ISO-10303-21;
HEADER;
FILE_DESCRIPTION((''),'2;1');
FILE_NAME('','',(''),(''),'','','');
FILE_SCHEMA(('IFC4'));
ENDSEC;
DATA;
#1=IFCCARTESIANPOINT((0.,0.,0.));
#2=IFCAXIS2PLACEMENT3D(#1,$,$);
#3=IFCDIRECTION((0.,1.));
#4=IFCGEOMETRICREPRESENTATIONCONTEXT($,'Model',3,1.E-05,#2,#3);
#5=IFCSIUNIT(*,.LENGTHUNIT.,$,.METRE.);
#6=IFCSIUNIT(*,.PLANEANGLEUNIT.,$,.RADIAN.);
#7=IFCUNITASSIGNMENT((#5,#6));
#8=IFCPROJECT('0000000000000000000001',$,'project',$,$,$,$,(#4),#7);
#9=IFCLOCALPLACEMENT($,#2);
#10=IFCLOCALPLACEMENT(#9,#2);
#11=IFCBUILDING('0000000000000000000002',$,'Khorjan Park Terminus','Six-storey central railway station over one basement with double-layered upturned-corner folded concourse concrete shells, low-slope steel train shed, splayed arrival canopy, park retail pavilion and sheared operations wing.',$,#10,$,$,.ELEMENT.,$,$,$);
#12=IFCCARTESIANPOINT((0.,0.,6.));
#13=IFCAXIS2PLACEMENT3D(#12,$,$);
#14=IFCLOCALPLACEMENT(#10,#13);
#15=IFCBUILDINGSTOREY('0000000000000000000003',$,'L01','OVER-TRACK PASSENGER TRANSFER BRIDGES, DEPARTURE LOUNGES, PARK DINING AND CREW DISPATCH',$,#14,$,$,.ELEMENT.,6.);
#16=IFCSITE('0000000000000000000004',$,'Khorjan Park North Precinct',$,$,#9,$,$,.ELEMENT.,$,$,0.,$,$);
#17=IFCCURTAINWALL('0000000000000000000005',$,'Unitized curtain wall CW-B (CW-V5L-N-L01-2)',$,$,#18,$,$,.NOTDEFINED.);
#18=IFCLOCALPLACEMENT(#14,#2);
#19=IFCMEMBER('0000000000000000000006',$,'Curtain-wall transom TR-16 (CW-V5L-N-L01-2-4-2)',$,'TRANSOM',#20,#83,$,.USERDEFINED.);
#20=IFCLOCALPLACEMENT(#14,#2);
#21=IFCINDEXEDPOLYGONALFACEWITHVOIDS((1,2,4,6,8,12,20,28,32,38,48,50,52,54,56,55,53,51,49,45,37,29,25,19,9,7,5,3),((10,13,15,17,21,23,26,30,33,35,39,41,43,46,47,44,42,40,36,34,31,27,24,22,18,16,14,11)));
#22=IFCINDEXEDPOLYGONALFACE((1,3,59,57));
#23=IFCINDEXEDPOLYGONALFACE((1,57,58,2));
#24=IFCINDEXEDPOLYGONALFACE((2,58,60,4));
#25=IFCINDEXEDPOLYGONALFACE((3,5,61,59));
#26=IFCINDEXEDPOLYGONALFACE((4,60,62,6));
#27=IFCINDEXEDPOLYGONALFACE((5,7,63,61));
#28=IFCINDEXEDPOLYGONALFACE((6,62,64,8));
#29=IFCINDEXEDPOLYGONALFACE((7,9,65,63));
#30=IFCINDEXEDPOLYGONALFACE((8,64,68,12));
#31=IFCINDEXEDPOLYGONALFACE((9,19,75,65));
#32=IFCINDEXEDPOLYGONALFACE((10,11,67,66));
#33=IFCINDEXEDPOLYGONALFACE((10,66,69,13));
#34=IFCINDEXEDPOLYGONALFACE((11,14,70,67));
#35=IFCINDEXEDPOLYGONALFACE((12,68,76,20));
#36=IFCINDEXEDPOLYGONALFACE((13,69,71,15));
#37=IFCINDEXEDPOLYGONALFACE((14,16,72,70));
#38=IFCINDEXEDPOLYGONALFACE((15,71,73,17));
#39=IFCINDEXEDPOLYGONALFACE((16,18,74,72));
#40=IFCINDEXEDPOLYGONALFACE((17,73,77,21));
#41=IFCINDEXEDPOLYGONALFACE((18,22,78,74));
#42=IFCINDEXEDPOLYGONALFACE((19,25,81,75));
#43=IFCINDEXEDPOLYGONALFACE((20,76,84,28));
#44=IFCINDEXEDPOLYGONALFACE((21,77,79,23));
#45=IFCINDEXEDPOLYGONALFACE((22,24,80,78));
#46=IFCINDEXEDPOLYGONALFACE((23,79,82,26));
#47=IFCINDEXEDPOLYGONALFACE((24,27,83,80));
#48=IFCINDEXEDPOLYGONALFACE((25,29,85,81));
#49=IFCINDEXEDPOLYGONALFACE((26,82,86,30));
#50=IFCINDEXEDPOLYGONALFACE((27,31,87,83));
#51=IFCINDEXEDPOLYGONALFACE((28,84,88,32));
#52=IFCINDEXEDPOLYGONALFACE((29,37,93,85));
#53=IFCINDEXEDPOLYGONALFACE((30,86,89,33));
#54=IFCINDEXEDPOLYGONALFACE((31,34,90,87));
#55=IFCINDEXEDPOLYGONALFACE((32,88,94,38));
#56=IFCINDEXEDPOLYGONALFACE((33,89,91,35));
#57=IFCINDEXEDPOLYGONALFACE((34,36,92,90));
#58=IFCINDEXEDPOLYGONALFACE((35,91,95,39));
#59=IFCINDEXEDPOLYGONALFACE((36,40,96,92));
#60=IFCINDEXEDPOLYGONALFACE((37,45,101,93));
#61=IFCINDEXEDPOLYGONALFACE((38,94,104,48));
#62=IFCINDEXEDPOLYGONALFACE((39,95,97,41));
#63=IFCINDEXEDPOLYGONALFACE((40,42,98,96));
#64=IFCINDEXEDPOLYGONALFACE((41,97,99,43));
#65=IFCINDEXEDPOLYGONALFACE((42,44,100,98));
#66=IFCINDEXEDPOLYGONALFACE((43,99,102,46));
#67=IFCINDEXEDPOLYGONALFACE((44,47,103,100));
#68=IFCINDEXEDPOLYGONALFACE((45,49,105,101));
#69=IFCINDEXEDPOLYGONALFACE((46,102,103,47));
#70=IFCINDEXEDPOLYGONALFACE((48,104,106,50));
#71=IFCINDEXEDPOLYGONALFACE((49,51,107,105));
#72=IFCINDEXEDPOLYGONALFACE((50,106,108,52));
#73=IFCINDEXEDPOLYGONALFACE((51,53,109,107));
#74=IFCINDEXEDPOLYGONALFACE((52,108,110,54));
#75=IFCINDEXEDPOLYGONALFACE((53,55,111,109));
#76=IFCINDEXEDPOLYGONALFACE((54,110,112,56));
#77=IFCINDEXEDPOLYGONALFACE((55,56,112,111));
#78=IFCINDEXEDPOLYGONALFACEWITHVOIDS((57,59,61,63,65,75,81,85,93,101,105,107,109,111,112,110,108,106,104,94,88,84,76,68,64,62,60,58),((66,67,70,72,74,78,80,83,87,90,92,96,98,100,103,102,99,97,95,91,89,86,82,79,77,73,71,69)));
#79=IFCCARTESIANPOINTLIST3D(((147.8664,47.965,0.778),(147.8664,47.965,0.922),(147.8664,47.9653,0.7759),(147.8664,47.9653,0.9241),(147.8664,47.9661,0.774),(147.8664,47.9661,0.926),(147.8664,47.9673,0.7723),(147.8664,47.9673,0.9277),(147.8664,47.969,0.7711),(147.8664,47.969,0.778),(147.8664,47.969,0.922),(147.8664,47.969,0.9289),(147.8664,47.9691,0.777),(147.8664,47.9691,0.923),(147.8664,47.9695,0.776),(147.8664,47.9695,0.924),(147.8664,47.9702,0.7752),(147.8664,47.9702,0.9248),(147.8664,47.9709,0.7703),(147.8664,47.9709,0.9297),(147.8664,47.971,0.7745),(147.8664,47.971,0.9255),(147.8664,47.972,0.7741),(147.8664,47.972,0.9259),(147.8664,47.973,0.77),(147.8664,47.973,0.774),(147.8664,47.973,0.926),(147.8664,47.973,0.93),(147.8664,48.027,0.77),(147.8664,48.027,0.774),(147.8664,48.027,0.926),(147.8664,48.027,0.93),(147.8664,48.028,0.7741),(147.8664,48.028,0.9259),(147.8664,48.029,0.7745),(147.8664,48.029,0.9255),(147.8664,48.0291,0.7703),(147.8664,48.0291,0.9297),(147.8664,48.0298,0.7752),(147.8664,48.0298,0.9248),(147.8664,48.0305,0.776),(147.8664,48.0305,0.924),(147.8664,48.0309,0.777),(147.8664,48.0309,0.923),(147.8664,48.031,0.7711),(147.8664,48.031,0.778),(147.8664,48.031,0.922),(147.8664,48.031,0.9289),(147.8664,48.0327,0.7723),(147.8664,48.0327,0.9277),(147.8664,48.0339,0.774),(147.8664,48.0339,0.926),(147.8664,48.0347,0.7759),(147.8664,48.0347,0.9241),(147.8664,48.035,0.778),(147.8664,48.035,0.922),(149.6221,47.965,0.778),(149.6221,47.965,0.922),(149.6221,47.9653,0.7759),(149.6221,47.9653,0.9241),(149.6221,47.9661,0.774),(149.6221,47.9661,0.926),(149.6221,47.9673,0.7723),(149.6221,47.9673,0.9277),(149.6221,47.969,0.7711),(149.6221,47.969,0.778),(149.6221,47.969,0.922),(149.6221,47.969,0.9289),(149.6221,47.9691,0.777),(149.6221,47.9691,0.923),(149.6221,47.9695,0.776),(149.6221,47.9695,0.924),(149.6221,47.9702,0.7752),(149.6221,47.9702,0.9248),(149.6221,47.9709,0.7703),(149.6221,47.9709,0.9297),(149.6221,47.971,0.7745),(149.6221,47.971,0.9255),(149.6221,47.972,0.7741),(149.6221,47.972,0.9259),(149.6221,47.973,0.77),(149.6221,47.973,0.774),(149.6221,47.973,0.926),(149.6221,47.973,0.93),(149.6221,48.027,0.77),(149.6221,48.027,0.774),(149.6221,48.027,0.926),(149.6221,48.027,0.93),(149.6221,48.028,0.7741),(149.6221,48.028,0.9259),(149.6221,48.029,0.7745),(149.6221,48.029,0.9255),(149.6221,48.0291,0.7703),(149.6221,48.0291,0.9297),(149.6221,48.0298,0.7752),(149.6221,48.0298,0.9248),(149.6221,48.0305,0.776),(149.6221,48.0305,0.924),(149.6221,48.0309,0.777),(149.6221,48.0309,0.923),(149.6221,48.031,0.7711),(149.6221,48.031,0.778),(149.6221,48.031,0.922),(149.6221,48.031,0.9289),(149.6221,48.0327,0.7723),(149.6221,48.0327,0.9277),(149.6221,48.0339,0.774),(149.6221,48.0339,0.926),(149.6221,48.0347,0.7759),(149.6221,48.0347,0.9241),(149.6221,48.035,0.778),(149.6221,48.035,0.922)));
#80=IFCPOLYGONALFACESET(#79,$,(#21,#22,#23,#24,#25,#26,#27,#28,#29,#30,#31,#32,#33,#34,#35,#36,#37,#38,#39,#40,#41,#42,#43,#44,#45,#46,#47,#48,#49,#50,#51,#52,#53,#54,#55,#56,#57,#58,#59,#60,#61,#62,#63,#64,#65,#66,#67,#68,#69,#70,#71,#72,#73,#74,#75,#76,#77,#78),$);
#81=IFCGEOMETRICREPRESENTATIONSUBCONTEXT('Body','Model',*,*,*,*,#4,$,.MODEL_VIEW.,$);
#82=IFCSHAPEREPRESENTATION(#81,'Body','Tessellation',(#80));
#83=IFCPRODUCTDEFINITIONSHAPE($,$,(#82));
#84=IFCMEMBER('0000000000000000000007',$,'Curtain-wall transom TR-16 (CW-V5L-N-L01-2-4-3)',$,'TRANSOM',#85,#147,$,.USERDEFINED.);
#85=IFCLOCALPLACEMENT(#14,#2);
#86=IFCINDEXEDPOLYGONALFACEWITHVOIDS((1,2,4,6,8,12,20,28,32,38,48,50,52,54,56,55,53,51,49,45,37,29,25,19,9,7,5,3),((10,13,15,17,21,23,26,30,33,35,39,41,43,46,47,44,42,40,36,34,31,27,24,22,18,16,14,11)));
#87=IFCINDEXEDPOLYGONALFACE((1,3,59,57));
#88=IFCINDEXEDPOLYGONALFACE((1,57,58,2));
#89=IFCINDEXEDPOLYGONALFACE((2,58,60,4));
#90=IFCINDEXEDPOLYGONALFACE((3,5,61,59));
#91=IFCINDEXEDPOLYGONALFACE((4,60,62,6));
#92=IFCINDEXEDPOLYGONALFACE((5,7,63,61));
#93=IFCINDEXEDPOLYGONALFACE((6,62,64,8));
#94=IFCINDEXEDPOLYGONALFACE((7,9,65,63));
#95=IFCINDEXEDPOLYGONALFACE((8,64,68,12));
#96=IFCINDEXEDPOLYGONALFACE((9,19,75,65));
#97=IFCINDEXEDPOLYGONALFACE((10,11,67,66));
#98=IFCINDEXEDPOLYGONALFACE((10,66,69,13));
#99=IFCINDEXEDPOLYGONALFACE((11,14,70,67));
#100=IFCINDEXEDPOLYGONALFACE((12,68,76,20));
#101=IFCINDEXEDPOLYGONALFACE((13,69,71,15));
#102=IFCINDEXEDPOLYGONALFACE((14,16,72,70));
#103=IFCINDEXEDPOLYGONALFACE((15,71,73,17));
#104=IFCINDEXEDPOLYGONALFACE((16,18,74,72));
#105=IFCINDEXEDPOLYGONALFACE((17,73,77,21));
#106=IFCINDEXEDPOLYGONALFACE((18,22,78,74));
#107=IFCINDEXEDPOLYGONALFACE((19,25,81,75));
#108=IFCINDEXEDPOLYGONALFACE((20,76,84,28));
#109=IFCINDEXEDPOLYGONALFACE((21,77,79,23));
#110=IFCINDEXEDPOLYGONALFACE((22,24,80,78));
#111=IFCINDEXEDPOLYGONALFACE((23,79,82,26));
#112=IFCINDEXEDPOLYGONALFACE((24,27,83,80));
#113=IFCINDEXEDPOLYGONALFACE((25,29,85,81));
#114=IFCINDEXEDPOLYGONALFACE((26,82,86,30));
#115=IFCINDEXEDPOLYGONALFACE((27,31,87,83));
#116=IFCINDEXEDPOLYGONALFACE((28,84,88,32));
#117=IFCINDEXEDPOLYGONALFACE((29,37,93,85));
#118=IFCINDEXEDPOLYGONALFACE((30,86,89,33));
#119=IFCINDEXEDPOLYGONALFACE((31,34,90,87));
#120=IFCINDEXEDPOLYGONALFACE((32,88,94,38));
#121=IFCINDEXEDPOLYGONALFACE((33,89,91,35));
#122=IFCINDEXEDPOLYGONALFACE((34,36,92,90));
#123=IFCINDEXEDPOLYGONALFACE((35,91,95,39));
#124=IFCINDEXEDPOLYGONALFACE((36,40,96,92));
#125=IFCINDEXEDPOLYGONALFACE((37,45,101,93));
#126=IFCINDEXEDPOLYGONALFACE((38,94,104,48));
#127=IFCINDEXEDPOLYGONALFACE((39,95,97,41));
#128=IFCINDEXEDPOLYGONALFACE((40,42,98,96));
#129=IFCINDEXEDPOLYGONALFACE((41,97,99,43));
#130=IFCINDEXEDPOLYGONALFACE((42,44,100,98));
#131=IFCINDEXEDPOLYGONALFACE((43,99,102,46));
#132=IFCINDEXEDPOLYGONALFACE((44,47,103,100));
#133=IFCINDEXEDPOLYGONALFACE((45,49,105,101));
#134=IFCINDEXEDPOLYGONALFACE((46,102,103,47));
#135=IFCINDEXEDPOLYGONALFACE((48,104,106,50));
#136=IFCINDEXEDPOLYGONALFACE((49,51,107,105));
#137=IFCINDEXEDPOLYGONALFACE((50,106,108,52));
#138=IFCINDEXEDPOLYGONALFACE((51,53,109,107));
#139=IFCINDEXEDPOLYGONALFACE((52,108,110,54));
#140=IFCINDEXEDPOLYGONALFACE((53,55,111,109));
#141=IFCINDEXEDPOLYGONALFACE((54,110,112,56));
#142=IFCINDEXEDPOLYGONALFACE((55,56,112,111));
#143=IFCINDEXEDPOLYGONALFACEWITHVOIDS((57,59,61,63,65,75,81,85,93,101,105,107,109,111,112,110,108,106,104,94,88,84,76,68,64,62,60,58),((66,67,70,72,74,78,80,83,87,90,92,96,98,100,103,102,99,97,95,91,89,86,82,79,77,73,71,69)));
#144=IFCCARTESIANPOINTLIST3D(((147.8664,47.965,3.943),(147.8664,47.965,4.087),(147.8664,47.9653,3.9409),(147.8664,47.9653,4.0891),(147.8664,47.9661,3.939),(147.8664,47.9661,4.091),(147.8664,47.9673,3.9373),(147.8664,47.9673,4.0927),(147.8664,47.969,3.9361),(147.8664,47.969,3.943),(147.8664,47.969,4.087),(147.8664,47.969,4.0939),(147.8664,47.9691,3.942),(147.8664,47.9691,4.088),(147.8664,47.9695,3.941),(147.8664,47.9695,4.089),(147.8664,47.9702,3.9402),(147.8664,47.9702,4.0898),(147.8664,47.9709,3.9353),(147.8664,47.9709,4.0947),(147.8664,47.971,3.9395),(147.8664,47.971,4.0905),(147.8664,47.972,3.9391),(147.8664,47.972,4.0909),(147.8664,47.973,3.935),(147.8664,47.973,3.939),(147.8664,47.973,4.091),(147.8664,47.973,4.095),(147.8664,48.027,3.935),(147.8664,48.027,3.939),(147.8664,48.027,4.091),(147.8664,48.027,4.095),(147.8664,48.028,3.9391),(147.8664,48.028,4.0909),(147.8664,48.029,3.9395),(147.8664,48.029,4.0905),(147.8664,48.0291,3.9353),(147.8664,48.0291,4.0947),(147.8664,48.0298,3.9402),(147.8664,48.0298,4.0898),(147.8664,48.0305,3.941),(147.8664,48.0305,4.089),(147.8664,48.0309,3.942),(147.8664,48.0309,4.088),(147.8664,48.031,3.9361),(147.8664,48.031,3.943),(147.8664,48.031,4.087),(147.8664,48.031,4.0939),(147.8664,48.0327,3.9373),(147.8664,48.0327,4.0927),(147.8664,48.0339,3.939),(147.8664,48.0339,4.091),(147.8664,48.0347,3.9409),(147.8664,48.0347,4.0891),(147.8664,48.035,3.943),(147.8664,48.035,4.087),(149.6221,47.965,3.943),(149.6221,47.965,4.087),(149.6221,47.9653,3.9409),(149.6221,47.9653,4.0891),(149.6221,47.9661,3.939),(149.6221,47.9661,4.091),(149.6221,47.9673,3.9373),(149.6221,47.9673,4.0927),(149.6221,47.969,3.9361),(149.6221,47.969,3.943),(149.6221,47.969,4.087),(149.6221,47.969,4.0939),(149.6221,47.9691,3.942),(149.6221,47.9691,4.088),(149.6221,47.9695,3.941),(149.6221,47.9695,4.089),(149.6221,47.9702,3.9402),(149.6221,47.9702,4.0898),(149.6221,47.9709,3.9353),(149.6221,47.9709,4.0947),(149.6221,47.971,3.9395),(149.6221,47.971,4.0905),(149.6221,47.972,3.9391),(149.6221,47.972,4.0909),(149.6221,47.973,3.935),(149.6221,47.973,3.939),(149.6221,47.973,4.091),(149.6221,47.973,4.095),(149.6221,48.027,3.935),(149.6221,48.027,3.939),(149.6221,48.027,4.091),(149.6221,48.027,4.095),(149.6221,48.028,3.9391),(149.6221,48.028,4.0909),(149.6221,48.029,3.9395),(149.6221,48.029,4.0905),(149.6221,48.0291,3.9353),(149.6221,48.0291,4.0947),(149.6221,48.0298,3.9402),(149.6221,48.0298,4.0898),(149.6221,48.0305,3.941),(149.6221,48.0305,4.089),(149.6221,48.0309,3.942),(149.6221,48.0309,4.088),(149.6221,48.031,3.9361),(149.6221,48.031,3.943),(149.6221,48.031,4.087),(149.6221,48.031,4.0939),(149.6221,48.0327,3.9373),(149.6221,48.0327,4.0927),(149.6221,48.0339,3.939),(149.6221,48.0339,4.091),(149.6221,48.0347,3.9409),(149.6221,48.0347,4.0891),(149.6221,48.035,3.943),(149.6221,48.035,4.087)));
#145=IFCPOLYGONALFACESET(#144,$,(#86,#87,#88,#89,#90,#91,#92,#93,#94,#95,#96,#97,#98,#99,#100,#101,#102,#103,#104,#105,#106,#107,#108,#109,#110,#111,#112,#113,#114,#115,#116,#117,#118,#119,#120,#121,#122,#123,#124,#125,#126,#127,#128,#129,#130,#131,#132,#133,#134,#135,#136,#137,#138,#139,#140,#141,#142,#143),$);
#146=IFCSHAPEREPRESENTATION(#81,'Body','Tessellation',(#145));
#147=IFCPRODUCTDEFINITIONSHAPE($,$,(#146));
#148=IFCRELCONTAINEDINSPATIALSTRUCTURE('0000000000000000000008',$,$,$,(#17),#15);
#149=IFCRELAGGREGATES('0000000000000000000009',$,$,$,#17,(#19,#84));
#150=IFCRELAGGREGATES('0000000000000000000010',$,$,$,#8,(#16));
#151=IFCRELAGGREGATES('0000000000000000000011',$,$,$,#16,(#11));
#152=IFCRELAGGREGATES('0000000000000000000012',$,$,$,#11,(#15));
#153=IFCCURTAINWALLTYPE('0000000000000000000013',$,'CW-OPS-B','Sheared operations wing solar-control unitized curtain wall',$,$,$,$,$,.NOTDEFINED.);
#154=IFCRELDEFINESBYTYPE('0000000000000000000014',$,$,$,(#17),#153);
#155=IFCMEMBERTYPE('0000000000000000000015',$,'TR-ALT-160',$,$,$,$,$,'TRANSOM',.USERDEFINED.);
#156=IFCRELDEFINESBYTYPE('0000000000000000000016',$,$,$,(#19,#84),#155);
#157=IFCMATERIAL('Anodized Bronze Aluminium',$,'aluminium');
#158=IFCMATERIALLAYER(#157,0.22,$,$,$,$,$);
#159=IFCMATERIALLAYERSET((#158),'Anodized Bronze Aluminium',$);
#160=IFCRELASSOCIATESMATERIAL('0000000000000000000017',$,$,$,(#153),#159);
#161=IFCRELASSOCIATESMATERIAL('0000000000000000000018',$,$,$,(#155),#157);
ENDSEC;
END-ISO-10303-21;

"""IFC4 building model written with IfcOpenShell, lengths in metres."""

from ifc_helpers import new_model, si_unit, direction, frame, origin, origin_2d, place, context, subcontext, project, spatial, hollow_rectangle, extrude, material, layer, layer_set, material_profile, profile_set, type_object, element, aggregate, save


model = new_model("IFC4")

# Units and contexts
model_context = context("Model", 3, precision=1e-05, world=origin(), true_north=direction((0.0, 1.0)))
body_context = subcontext(model_context, "Body", "Model", "MODEL_VIEW")
ifc_project = project(units=[si_unit("LENGTHUNIT", "METRE"), si_unit("PLANEANGLEUNIT", "RADIAN")], contexts=[model_context])

# Site, building, storey
site_placement = place(None, origin())
site = spatial("IfcSite", under=ifc_project, at=site_placement, Name="Khorjan Park North Precinct", CompositionType="ELEMENT", RefElevation=0.0)
building_placement = place(site_placement, origin())
building = spatial("IfcBuilding", under=site, at=building_placement, Name="Khorjan Park Terminus", Description="Six-storey central railway station over one basement with double-layered upturned-corner folded concourse concrete shells, low-slope steel train shed, splayed arrival canopy, park retail pavilion and sheared operations wing.", CompositionType="ELEMENT")
storey_placement = place(building_placement, frame((0.0, 0.0, 6.0)))
storey = spatial("IfcBuildingStorey", under=building, at=storey_placement, Name="L01", Description="OVER-TRACK PASSENGER TRANSFER BRIDGES, DEPARTURE LOUNGES, PARK DINING AND CREW DISPATCH", CompositionType="ELEMENT", Elevation=6.0)

# Curtain wall, members
ifc_material_1 = material(Name="Anodized Bronze Aluminium", Category="aluminium")
ifc_layer_1 = layer(ifc_material_1, 0.22)
ifc_layer_set_1 = layer_set([ifc_layer_1], Name="Anodized Bronze Aluminium")
curtain_wall_type = type_object("IfcCurtainWallType", Name="CW-OPS-B", Description="Sheared operations wing solar-control unitized curtain wall", PredefinedType="NOTDEFINED", material=ifc_layer_set_1)
curtain_wall_placement = place(storey_placement, origin())
curtain_wall = element("IfcCurtainWall", 1, at=curtain_wall_placement, inside=storey, type_object=curtain_wall_type, Name="Unitized curtain wall CW-B (CW-V5L-N-L01-2)", PredefinedType="NOTDEFINED")
ifc_material_profile_1 = material_profile(ifc_material_1, hollow_rectangle(XDim=0.07, YDim=0.16, WallThickness=0.004, InnerFilletRadius=0.004, OuterFilletRadius=0.008, at=origin_2d()), Name="ALT 70x160x4")
ifc_profile_set_1 = profile_set([ifc_material_profile_1], Name="Anodized Bronze Aluminium")
member_type_1 = type_object("IfcMemberType", Name="TR-ALT-160", ElementType="TRANSOM", PredefinedType="USERDEFINED", material=ifc_profile_set_1)
member_1_placement = place(storey_placement, frame((149.6221, 48.0, 0.85), z_axis=(-1.0, 0.0, 0.0), x_axis=(0.0, -1.0, 0.0)))
member_1 = element("IfcMember", 2, at=member_1_placement, type_object=member_type_1, Name="Curtain-wall transom TR-16 (CW-V5L-N-L01-2-4-2)", ObjectType="TRANSOM", PredefinedType="USERDEFINED", context=body_context, shape_type="SweptSolid", body=[
    extrude(hollow_rectangle(XDim=0.07, YDim=0.16, WallThickness=0.004, InnerFilletRadius=0.004, OuterFilletRadius=0.008, at=origin_2d()), origin(), (0.0, 0.0, 1.0), 1.7557),
])
member_2_placement = place(storey_placement, frame((149.6221, 48.0, 4.015), z_axis=(-1.0, 0.0, 0.0), x_axis=(0.0, -1.0, 0.0)))
member_2 = element("IfcMember", 3, at=member_2_placement, type_object=member_type_1, Name="Curtain-wall transom TR-16 (CW-V5L-N-L01-2-4-3)", ObjectType="TRANSOM", PredefinedType="USERDEFINED", context=body_context, shape_type="SweptSolid", body=[
    extrude(hollow_rectangle(XDim=0.07, YDim=0.16, WallThickness=0.004, InnerFilletRadius=0.004, OuterFilletRadius=0.008, at=origin_2d()), origin(), (0.0, 0.0, 1.0), 1.7557),
])
aggregate(curtain_wall, [member_1, member_2])

save(model, "model.ifc")
